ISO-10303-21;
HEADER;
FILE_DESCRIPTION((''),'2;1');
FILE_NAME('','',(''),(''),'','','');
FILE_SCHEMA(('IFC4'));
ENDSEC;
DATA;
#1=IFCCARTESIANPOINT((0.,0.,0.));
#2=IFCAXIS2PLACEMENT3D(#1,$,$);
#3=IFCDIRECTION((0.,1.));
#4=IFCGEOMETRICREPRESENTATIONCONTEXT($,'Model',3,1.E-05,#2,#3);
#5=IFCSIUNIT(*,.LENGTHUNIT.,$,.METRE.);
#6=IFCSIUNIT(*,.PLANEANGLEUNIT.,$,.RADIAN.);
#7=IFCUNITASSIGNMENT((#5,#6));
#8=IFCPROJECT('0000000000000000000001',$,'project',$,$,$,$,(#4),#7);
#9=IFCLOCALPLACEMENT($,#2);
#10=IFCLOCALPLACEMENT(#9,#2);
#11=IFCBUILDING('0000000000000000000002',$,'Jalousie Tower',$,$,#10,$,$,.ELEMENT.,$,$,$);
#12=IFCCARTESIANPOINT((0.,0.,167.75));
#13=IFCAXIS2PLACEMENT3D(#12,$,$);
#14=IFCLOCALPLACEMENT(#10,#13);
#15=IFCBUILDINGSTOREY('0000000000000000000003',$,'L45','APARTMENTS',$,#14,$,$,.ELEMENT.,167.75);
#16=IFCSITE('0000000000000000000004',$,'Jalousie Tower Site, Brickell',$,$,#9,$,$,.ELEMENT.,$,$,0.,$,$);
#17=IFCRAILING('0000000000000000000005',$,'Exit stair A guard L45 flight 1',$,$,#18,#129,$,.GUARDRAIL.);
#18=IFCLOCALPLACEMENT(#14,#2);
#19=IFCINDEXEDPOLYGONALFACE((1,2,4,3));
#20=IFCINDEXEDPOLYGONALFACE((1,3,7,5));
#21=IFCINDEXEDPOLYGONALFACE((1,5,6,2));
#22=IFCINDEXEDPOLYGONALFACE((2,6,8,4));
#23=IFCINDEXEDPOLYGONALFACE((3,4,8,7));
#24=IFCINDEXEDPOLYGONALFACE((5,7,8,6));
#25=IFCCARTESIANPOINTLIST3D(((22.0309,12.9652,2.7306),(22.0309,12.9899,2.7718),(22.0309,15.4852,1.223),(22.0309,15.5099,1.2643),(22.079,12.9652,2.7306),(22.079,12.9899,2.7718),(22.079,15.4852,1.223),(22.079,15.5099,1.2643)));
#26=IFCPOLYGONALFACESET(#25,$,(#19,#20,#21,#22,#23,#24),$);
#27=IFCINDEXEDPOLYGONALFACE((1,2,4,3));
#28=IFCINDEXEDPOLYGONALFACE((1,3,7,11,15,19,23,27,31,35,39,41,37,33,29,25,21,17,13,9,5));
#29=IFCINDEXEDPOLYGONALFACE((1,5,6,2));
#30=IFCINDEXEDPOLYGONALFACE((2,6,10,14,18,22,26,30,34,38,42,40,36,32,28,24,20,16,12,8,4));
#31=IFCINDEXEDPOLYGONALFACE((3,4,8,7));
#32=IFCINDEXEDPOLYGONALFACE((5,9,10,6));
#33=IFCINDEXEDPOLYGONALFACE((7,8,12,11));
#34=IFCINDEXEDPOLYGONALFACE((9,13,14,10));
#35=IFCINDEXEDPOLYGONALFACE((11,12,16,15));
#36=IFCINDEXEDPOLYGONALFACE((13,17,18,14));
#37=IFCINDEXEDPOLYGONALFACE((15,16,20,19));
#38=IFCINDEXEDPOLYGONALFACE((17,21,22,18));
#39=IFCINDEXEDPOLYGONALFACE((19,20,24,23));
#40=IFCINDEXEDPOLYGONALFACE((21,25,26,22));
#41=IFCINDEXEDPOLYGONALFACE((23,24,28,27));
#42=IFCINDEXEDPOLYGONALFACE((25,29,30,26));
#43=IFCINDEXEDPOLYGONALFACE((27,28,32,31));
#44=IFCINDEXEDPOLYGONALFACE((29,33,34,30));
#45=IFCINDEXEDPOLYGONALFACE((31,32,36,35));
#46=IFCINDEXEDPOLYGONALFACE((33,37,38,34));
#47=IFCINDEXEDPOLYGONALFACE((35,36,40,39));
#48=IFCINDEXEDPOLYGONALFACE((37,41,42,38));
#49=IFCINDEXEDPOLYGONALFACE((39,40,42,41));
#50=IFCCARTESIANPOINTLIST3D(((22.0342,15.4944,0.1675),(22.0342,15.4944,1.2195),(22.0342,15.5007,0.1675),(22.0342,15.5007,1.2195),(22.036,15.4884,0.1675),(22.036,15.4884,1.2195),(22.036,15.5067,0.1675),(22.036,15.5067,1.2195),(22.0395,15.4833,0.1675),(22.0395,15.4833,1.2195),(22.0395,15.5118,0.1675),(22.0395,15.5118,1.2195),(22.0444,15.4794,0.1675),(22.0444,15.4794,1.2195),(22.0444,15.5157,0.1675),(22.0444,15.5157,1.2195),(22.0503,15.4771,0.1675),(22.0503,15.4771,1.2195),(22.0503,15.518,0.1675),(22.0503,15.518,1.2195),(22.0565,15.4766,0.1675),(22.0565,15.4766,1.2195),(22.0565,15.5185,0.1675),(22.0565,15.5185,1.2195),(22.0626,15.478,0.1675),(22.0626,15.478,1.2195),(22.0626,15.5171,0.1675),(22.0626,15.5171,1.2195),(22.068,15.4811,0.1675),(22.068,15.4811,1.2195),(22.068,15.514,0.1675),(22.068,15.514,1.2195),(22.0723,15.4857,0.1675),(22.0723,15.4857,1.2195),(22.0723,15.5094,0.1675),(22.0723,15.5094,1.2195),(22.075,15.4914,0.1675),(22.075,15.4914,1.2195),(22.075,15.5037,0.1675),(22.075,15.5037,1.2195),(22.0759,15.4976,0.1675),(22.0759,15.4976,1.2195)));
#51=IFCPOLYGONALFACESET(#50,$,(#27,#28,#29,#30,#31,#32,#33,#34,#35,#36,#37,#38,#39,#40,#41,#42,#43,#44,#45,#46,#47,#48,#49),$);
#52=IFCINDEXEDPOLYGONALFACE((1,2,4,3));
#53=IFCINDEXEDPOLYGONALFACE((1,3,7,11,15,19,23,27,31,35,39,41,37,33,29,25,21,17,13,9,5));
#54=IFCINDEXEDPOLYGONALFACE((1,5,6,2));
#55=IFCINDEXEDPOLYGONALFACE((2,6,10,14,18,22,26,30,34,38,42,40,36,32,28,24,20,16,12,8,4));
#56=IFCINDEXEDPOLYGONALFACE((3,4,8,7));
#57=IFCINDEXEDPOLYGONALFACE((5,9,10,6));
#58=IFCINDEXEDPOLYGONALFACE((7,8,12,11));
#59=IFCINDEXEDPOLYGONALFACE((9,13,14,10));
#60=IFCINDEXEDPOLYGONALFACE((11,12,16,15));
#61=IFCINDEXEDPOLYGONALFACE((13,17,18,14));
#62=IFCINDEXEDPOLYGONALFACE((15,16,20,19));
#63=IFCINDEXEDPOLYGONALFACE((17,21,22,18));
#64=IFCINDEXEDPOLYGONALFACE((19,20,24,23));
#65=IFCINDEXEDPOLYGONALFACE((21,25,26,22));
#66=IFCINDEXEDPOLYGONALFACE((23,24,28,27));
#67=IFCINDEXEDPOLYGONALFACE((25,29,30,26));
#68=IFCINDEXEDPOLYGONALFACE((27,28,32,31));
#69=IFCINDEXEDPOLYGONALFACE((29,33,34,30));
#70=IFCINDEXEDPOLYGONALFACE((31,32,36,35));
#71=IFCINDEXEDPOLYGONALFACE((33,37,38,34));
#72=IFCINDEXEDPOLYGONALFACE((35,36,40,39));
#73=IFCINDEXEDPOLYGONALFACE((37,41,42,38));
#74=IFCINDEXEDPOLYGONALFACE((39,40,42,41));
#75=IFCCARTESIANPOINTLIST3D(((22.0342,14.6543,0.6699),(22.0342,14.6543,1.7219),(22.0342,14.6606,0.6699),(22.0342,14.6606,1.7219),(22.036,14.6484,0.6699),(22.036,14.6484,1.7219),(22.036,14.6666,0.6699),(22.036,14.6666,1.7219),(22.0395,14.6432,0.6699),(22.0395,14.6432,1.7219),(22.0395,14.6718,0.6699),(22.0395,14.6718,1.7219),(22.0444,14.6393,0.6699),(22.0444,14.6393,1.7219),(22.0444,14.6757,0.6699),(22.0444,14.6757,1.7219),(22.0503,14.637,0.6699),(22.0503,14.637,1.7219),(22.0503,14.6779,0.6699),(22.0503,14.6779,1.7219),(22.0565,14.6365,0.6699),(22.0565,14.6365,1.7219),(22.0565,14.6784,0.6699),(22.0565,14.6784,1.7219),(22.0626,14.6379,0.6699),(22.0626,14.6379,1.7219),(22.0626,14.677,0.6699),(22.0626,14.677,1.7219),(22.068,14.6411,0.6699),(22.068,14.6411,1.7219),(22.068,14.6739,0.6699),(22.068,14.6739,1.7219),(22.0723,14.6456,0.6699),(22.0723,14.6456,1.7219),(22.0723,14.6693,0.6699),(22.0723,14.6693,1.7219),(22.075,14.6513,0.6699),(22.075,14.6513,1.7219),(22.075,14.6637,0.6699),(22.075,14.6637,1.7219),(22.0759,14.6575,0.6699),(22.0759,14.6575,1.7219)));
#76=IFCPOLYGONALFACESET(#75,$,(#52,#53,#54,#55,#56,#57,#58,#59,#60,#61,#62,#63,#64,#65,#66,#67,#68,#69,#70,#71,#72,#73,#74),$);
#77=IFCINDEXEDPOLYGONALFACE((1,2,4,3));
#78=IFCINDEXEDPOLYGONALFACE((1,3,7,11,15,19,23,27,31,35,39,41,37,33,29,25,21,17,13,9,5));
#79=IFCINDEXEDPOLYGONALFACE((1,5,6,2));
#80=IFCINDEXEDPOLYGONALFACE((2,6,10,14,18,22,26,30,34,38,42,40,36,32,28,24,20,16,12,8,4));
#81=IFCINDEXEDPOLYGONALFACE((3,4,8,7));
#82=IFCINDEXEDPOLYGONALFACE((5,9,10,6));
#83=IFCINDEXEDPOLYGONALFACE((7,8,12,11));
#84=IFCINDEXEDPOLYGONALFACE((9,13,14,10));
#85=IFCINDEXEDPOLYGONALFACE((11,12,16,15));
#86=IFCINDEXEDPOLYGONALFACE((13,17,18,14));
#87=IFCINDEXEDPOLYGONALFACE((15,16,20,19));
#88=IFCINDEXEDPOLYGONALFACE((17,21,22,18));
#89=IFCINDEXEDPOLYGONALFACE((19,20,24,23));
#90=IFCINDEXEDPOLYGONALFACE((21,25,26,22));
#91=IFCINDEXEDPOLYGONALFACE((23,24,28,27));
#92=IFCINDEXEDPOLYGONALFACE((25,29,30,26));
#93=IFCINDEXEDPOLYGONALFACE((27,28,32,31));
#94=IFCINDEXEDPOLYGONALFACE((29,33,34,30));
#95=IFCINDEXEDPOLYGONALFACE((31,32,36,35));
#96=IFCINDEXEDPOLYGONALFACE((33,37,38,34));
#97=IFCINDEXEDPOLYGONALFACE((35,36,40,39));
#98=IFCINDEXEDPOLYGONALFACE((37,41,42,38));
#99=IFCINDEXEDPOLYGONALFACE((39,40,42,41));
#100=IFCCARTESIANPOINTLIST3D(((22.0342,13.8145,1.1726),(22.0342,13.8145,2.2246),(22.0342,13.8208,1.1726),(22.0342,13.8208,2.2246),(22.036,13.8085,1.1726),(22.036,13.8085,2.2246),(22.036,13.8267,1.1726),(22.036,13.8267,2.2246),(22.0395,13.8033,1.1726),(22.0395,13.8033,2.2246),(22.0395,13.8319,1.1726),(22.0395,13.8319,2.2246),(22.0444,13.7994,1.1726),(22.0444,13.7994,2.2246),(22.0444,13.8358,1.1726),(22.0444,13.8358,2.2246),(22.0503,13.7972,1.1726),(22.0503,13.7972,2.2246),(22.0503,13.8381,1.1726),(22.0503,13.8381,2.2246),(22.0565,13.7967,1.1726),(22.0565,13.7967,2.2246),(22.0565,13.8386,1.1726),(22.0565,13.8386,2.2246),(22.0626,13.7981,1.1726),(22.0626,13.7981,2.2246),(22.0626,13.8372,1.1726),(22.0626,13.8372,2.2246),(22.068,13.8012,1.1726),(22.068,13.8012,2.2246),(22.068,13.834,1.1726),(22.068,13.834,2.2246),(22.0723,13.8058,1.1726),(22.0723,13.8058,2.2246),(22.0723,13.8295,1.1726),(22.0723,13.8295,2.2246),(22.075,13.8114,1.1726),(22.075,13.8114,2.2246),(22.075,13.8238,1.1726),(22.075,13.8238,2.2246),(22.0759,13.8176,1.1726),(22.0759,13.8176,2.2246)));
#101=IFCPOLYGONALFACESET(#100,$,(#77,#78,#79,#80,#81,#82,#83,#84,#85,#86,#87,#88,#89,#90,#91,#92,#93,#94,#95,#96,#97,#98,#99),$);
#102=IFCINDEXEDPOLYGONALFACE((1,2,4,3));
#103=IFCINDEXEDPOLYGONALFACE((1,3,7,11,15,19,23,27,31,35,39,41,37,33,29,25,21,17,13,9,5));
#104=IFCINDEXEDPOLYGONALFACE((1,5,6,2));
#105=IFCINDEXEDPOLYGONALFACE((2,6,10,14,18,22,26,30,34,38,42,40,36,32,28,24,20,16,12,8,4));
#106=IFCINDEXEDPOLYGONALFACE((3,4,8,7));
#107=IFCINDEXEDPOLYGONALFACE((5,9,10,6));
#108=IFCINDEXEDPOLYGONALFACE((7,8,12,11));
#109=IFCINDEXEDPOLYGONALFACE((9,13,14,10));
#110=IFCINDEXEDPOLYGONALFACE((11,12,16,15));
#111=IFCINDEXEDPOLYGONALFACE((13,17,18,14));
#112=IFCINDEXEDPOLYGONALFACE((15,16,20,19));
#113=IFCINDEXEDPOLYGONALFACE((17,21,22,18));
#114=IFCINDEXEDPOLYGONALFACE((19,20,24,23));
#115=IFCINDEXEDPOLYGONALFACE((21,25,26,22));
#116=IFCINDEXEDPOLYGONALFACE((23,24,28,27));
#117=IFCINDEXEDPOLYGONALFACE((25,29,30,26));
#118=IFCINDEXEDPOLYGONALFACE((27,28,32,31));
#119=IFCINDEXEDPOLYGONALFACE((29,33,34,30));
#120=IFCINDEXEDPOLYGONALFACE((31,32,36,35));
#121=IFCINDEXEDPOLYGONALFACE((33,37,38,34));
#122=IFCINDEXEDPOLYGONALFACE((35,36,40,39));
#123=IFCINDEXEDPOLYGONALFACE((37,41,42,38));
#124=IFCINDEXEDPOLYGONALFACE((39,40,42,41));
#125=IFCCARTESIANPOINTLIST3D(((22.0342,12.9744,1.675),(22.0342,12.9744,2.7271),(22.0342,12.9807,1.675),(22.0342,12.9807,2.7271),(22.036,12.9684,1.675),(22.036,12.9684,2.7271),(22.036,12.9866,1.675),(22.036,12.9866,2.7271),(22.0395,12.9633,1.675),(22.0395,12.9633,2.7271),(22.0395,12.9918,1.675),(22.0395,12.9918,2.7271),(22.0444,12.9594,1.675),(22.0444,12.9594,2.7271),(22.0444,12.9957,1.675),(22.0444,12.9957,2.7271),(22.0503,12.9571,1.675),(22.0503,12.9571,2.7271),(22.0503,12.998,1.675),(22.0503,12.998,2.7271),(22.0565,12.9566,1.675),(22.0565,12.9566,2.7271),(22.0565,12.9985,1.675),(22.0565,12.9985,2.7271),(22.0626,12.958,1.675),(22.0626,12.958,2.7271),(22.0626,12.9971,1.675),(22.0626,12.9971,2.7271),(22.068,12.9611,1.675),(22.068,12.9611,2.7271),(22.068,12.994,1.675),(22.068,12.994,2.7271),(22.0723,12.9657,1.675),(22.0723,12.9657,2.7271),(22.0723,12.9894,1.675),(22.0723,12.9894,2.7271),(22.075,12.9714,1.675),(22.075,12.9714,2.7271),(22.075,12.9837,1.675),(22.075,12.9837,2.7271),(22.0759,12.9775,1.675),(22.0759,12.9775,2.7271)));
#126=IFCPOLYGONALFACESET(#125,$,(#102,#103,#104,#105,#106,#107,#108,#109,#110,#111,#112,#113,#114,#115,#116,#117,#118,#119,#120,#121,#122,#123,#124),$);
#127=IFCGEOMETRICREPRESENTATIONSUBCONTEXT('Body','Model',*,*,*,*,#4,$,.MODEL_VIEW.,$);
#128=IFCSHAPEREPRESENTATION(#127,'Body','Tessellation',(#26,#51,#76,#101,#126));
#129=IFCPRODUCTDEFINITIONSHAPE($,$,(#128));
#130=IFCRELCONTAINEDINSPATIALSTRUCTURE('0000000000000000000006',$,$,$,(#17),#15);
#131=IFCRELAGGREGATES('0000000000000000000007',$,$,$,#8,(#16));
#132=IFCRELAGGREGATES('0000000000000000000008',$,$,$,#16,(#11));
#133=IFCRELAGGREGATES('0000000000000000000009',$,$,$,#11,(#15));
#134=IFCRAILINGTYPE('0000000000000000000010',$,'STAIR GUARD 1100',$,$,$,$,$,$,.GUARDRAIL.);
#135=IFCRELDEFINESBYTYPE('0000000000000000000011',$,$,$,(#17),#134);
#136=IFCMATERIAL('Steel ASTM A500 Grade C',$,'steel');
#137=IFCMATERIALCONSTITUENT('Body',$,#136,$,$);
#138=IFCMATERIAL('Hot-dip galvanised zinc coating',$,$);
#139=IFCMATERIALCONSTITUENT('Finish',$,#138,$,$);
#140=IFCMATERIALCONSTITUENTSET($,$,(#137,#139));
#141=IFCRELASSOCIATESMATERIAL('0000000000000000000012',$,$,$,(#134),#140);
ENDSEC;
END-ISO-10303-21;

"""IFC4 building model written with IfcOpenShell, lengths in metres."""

from ifc_helpers import new_model, si_unit, direction, frame, origin, origin_2d, place, context, subcontext, project, spatial, rectangle, circle, extrude, material, constituent, constituent_set, type_object, element, save


model = new_model("IFC4")

# Units and contexts
model_context = context("Model", 3, precision=1e-05, world=origin(), true_north=direction((0.0, 1.0)))
body_context = subcontext(model_context, "Body", "Model", "MODEL_VIEW")
ifc_project = project(units=[si_unit("LENGTHUNIT", "METRE"), si_unit("PLANEANGLEUNIT", "RADIAN")], contexts=[model_context])

# Site, building, storey
site_placement = place(None, origin())
site = spatial("IfcSite", under=ifc_project, at=site_placement, Name="Jalousie Tower Site, Brickell", CompositionType="ELEMENT", RefElevation=0.0)
building_placement = place(site_placement, origin())
building = spatial("IfcBuilding", under=site, at=building_placement, Name="Jalousie Tower", CompositionType="ELEMENT")
storey_placement = place(building_placement, frame((0.0, 0.0, 167.75)))
storey = spatial("IfcBuildingStorey", under=building, at=storey_placement, Name="L45", Description="APARTMENTS", CompositionType="ELEMENT", Elevation=167.75)

# Railing
ifc_material_1 = material(Name="Steel ASTM A500 Grade C", Category="steel")
ifc_constituent_1 = constituent(ifc_material_1, Name="Body")
ifc_material_2 = material(Name="Hot-dip galvanised zinc coating")
ifc_constituent_2 = constituent(ifc_material_2, Name="Finish")
ifc_constituent_set_1 = constituent_set(constituents=[ifc_constituent_1, ifc_constituent_2])
railing_type_1 = type_object("IfcRailingType", Name="STAIR GUARD 1100", PredefinedType="GUARDRAIL", material=ifc_constituent_set_1)
railing_1_placement = place(storey_placement, frame((22.0549, 15.4976, 0.1675)))
element("IfcRailing", 1, at=railing_1_placement, inside=storey, type_object=railing_type_1, Name="Exit stair A guard L45 flight 1", PredefinedType="GUARDRAIL", context=body_context, shape_type="SweptSolid", body=[
    extrude(rectangle(XDim=0.0481, YDim=0.0481, at=origin_2d()), frame((0.0, 0.0, 1.0762), z_axis=(0.0, -0.85816, 0.513383), x_axis=(1.0, 0.0, 0.0)), (0.0, 0.0, 1.0), 2.9365),
    extrude(circle(Radius=0.021, at=origin_2d()), origin(), (0.0, 0.0, 1.0), 1.052),
    extrude(circle(Radius=0.021, at=origin_2d()), frame((0.0, -0.8401, 0.5024)), (0.0, 0.0, 1.0), 1.052),
    extrude(circle(Radius=0.021, at=origin_2d()), frame((0.0, -1.6799, 1.0051)), (0.0, 0.0, 1.0), 1.052),
    extrude(circle(Radius=0.021, at=origin_2d()), frame((0.0, -2.52, 1.5076)), (0.0, 0.0, 1.0), 1.052),
])

save(model, "model.ifc")
